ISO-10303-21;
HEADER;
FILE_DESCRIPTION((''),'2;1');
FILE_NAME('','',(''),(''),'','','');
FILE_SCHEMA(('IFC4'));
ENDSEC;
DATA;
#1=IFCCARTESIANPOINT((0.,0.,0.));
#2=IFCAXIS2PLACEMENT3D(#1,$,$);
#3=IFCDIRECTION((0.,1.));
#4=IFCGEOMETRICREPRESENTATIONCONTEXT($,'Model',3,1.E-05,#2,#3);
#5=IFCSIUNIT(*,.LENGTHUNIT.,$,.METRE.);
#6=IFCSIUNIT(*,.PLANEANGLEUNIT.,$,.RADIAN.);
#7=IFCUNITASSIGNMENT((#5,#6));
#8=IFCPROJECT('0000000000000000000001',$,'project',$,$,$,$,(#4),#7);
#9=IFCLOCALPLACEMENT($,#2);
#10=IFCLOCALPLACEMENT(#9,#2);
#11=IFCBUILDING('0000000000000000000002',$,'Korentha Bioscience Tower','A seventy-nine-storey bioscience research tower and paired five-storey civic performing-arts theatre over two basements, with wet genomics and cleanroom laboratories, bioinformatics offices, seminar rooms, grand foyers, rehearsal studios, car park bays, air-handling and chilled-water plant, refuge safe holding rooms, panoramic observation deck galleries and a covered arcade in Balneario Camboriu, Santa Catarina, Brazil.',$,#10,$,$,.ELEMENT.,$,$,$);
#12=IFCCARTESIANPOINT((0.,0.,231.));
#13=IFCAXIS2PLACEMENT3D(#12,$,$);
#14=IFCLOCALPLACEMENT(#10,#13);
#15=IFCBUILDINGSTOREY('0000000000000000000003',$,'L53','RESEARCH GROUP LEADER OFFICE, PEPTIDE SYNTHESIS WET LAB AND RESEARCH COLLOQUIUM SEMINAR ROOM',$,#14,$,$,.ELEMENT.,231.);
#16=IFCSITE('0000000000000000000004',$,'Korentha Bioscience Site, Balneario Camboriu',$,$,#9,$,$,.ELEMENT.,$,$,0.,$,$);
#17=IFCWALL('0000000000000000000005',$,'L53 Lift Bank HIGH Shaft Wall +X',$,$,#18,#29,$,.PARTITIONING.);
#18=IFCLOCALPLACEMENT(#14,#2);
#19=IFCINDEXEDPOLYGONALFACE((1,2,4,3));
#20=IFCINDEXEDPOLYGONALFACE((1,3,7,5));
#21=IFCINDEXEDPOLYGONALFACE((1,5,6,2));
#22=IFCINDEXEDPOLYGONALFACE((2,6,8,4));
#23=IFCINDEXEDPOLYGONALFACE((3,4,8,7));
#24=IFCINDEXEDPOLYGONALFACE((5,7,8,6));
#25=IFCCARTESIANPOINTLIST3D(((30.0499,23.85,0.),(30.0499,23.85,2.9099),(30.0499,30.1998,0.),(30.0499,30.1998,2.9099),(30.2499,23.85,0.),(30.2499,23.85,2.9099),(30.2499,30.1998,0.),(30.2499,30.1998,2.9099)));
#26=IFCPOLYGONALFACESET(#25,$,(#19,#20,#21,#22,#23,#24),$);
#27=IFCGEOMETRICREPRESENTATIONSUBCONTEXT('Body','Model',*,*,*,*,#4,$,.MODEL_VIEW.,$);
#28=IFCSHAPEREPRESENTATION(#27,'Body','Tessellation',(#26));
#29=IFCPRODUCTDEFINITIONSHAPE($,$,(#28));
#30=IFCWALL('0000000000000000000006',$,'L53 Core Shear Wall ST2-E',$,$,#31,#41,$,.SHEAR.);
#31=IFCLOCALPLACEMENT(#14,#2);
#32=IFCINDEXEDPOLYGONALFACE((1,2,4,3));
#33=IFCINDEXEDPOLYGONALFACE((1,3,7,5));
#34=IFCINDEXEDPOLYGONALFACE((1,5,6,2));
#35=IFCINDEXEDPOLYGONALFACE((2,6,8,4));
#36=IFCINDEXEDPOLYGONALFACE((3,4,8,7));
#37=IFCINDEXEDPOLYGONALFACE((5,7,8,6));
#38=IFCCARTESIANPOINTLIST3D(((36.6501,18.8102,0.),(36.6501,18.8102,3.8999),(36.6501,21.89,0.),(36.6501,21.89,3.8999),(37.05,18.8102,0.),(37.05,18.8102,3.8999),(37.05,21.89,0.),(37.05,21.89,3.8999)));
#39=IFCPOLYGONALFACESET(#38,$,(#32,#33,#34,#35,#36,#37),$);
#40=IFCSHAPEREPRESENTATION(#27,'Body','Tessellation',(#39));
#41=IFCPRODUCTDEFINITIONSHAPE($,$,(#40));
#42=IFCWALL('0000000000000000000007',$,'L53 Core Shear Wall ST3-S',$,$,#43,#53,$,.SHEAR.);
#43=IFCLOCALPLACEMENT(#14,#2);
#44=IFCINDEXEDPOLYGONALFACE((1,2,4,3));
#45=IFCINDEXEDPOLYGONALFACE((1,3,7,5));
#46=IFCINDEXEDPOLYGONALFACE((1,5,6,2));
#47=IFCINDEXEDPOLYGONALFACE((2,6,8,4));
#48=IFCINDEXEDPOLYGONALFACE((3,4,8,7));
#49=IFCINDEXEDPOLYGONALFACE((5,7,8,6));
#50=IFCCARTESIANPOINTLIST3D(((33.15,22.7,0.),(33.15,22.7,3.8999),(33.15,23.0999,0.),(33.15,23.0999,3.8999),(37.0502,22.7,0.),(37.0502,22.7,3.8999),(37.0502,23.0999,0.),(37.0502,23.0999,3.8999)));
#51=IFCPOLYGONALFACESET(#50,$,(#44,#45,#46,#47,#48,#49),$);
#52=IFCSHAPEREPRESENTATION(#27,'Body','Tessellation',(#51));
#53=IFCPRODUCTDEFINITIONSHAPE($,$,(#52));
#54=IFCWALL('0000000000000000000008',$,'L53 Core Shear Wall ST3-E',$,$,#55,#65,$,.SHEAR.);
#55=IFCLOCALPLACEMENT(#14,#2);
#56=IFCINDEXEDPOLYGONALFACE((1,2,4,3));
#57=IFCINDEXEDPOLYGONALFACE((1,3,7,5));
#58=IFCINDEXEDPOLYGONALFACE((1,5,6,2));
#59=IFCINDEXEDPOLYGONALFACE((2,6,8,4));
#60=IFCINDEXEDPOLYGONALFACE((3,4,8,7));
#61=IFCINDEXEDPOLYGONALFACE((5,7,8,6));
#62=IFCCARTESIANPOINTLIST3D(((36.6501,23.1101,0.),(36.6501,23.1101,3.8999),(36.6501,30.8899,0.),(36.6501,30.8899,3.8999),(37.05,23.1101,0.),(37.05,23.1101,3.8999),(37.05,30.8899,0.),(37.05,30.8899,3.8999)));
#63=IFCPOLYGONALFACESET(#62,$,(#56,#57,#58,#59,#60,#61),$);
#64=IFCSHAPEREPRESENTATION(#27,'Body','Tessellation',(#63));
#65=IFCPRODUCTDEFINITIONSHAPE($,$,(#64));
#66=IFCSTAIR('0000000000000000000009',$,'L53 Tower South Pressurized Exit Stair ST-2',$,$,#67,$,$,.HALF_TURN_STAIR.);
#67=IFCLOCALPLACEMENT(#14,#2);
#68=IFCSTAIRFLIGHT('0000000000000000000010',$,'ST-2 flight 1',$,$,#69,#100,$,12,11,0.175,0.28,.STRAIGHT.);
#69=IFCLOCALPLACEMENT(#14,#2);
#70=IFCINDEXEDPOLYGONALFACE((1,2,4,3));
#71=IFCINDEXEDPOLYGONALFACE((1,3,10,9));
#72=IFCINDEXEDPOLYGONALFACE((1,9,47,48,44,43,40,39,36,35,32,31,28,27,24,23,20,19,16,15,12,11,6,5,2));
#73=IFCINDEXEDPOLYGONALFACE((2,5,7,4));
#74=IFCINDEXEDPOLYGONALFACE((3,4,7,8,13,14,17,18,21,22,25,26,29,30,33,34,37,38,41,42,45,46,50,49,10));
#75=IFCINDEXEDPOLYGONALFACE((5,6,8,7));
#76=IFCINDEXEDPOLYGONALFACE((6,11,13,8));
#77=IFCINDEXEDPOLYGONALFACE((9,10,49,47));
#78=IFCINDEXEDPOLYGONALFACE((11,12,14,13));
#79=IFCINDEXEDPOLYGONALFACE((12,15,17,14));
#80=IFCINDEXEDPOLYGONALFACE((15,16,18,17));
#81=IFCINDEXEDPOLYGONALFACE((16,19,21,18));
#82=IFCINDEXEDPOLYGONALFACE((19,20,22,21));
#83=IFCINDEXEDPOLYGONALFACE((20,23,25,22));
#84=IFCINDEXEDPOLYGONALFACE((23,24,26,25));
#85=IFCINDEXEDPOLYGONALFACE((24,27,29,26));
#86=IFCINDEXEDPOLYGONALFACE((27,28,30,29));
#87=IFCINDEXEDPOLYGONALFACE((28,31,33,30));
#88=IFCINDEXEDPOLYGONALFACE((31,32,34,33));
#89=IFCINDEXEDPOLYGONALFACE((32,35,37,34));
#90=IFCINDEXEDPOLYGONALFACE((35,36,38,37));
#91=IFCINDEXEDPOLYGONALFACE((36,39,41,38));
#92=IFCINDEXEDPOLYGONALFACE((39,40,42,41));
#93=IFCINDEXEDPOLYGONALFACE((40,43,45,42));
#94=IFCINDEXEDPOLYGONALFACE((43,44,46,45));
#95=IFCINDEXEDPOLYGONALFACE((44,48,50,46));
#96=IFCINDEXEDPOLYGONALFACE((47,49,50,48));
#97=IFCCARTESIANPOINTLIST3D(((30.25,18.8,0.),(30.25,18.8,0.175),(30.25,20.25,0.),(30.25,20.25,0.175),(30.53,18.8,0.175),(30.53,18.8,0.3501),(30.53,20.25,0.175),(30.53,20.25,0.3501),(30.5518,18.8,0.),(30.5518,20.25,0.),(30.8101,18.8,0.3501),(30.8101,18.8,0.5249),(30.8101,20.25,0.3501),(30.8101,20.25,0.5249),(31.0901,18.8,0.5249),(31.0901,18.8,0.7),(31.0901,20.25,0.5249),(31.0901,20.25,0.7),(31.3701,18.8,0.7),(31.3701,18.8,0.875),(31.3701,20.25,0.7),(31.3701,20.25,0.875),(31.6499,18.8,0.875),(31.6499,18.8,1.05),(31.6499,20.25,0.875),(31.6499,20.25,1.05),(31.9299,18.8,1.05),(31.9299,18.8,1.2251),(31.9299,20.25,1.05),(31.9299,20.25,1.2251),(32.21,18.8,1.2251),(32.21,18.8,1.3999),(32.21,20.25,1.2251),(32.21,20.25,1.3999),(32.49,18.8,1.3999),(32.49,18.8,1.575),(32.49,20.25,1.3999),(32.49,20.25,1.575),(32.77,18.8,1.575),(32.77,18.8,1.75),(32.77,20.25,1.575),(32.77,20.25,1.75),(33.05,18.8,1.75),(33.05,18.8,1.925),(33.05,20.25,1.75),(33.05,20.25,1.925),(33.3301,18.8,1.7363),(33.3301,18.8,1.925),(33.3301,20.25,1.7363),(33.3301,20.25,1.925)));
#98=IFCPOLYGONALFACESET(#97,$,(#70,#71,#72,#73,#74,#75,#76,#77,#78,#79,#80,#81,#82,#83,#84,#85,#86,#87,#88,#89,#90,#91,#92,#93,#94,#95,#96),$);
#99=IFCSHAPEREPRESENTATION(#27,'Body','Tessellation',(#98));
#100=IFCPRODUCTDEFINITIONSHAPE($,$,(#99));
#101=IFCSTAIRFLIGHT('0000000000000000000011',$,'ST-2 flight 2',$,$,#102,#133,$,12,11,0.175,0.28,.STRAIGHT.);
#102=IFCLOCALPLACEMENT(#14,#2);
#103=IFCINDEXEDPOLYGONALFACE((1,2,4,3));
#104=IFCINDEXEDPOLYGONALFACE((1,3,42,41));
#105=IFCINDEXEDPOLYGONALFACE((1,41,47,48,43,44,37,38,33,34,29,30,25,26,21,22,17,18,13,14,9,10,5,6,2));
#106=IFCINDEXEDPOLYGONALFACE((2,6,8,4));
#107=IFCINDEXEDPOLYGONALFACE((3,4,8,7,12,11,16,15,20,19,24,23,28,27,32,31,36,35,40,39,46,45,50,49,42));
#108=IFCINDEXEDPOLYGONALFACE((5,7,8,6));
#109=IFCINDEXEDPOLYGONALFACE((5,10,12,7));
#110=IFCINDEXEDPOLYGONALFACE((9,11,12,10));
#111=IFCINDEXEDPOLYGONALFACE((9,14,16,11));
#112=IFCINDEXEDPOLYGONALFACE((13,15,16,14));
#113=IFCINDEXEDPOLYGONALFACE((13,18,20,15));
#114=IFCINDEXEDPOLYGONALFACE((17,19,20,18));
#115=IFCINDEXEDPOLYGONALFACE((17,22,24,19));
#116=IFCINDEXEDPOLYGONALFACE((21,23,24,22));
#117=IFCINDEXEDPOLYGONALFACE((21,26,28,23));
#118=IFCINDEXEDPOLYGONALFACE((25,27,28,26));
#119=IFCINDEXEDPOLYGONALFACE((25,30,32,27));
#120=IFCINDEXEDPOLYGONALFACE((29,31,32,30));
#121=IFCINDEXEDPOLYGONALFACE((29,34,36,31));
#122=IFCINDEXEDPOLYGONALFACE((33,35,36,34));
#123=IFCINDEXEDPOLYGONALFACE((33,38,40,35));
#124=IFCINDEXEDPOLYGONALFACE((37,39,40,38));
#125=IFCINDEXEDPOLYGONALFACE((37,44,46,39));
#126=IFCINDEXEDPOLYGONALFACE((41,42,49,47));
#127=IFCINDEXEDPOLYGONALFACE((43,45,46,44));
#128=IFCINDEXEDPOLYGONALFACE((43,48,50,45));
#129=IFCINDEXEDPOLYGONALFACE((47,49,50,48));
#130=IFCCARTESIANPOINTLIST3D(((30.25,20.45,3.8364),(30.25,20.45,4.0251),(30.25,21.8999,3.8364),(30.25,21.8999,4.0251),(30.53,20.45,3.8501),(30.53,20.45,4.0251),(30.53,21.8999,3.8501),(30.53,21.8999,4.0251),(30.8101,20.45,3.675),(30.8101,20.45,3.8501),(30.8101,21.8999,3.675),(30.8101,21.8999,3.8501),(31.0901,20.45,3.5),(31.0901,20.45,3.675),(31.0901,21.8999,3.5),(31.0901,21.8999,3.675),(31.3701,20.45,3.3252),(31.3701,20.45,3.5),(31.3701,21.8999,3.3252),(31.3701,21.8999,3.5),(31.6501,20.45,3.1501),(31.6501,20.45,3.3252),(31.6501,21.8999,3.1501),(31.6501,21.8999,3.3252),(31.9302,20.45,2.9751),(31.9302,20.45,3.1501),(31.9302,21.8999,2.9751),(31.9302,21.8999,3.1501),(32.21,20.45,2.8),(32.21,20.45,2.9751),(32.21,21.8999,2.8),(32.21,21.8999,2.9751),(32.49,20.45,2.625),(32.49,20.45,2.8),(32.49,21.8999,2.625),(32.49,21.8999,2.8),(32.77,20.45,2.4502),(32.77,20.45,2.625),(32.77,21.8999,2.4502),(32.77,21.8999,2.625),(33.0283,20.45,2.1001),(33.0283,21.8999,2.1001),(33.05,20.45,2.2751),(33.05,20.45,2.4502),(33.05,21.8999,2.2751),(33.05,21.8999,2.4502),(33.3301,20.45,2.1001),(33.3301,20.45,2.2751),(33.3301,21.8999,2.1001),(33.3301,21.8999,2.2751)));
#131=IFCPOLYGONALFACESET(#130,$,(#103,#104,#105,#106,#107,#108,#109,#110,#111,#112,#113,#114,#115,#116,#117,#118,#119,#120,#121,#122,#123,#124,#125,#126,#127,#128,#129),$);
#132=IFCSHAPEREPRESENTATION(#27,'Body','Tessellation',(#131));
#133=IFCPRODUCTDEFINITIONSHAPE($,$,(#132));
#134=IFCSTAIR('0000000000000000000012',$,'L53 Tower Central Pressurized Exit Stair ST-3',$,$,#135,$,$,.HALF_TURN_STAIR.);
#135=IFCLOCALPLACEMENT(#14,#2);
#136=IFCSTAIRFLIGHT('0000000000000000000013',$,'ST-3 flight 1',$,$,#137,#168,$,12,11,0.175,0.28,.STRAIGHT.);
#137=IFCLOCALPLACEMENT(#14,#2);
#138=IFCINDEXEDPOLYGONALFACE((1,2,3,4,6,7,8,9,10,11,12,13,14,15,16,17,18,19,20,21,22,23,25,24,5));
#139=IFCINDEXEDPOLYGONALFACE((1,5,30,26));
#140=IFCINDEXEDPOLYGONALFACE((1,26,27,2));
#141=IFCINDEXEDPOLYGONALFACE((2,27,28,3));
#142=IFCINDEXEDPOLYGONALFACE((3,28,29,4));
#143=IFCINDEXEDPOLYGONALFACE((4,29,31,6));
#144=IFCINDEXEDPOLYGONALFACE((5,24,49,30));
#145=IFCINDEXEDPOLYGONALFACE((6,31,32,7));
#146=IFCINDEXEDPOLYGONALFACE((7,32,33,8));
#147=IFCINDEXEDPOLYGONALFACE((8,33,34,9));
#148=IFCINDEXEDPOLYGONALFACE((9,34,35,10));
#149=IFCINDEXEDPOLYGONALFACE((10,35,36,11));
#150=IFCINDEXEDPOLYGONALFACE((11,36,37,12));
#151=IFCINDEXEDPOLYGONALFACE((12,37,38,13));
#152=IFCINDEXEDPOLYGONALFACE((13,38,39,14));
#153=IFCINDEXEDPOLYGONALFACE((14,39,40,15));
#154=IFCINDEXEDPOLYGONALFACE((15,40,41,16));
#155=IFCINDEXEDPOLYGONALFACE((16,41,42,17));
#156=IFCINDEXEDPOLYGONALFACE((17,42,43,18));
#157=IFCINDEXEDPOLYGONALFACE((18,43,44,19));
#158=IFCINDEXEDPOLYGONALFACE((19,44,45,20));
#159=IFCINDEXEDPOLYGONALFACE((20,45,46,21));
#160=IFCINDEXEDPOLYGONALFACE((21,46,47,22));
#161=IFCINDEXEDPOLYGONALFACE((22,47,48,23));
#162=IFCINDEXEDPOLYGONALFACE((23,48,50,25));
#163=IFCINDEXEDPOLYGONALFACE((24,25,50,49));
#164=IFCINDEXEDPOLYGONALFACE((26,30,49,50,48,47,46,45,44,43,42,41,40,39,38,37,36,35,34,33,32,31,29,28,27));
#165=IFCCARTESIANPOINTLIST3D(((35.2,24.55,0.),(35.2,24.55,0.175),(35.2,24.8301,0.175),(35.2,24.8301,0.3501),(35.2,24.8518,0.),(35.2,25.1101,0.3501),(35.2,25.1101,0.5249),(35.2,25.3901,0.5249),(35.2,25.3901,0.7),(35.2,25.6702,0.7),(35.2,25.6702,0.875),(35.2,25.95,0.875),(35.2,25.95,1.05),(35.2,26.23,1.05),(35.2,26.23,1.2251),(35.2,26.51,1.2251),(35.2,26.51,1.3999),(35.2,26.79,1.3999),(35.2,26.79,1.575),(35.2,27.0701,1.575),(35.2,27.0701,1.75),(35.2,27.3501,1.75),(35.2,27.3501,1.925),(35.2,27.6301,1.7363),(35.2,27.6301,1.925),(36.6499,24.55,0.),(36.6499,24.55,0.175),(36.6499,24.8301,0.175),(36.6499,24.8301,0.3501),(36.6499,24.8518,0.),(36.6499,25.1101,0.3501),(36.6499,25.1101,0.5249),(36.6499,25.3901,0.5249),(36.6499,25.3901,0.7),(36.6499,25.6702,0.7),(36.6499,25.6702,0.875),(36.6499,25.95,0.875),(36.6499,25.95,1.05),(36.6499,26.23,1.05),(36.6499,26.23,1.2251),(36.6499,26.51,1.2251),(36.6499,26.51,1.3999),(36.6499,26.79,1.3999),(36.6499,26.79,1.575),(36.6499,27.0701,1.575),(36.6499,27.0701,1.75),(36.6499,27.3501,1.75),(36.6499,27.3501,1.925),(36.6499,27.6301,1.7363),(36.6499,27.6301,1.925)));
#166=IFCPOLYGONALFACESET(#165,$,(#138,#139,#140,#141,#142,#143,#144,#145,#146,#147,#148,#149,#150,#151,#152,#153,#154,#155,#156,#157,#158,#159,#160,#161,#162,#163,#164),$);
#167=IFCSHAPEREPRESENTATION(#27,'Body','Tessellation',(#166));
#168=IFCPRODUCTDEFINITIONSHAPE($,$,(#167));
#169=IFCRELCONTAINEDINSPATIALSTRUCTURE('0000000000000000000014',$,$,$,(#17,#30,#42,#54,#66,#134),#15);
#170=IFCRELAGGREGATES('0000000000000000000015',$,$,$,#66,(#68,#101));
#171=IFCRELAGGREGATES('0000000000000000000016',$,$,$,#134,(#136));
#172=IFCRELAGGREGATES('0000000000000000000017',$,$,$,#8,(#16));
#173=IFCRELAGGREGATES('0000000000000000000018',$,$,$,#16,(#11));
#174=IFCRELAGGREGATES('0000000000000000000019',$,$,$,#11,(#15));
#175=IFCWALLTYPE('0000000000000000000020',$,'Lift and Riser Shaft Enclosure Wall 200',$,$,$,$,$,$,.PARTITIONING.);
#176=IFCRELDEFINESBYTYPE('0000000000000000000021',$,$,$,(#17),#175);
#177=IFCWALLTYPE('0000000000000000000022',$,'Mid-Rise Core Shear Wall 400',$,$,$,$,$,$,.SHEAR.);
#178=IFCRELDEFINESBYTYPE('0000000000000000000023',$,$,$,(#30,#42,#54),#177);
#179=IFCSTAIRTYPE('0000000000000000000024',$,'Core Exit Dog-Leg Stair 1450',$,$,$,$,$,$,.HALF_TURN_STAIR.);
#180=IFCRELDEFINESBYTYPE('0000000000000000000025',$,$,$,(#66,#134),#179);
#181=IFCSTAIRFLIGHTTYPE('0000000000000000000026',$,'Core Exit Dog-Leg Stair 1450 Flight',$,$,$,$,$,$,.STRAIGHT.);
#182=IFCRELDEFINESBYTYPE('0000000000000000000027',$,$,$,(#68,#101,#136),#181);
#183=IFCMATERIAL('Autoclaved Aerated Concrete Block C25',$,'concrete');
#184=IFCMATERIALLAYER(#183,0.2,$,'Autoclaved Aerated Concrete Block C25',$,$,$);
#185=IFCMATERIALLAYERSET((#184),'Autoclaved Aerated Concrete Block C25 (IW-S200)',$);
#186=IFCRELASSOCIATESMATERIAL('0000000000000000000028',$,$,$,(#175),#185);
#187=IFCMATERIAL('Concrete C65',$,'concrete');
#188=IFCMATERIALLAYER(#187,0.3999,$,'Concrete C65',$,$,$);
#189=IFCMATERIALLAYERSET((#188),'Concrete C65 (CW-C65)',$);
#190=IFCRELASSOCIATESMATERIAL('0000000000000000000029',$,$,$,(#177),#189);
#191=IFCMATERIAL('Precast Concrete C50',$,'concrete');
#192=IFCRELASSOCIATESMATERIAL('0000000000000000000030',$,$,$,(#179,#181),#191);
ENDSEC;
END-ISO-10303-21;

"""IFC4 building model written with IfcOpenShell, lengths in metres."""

from ifc_helpers import new_model, si_unit, direction, frame, frame_2d, origin, place, context, subcontext, project, spatial, polyline, rectangle, outline, extrude, material, layer, layer_set, type_object, element, aggregate, save


model = new_model("IFC4")

# Units and contexts
model_context = context("Model", 3, precision=1e-05, world=origin(), true_north=direction((0.0, 1.0)))
body_context = subcontext(model_context, "Body", "Model", "MODEL_VIEW")
ifc_project = project(units=[si_unit("LENGTHUNIT", "METRE"), si_unit("PLANEANGLEUNIT", "RADIAN")], contexts=[model_context])

# Site, building, storey
site_placement = place(None, origin())
site = spatial("IfcSite", under=ifc_project, at=site_placement, Name="Korentha Bioscience Site, Balneario Camboriu", CompositionType="ELEMENT", RefElevation=0.0)
building_placement = place(site_placement, origin())
building = spatial("IfcBuilding", under=site, at=building_placement, Name="Korentha Bioscience Tower", Description="A seventy-nine-storey bioscience research tower and paired five-storey civic performing-arts theatre over two basements, with wet genomics and cleanroom laboratories, bioinformatics offices, seminar rooms, grand foyers, rehearsal studios, car park bays, air-handling and chilled-water plant, refuge safe holding rooms, panoramic observation deck galleries and a covered arcade in Balneario Camboriu, Santa Catarina, Brazil.", CompositionType="ELEMENT")
storey_placement = place(building_placement, frame((0.0, 0.0, 231.0)))
storey = spatial("IfcBuildingStorey", under=building, at=storey_placement, Name="L53", Description="RESEARCH GROUP LEADER OFFICE, PEPTIDE SYNTHESIS WET LAB AND RESEARCH COLLOQUIUM SEMINAR ROOM", CompositionType="ELEMENT", Elevation=231.0)

# Shared definitions
ifc_material_1 = material(Name="Concrete C65", Category="concrete")

# Walls
ifc_material_2 = material(Name="Autoclaved Aerated Concrete Block C25", Category="concrete")
ifc_layer_1 = layer(ifc_material_2, 0.2, Name="Autoclaved Aerated Concrete Block C25")
ifc_layer_set_1 = layer_set([ifc_layer_1], Name="Autoclaved Aerated Concrete Block C25 (IW-S200)")
wall_type_1 = type_object("IfcWallType", Name="Lift and Riser Shaft Enclosure Wall 200", PredefinedType="PARTITIONING", material=ifc_layer_set_1)
wall_1_placement = place(storey_placement, frame((30.1499, 23.8501, 0.0), z_axis=(0.0, 0.0, 1.0), x_axis=(0.0, 1.0, 0.0)))
element("IfcWall", 1, at=wall_1_placement, inside=storey, type_object=wall_type_1, Name="L53 Lift Bank HIGH Shaft Wall +X", PredefinedType="PARTITIONING", context=body_context, shape_type="SweptSolid", body=[
    extrude(rectangle(XDim=6.3499, YDim=0.2, at=frame_2d((3.1748, 0.0))), origin(), (0.0, 0.0, 1.0), 2.9099),
])
ifc_layer_2 = layer(ifc_material_1, 0.3999, Name="Concrete C65")
ifc_layer_set_2 = layer_set([ifc_layer_2], Name="Concrete C65 (CW-C65)")
wall_type_2 = type_object("IfcWallType", Name="Mid-Rise Core Shear Wall 400", PredefinedType="SHEAR", material=ifc_layer_set_2)
wall_2_placement = place(storey_placement, frame((36.8501, 18.8101, 0.0), z_axis=(0.0, 0.0, 1.0), x_axis=(0.0, 1.0, 0.0)))
element("IfcWall", 2, at=wall_2_placement, inside=storey, type_object=wall_type_2, Name="L53 Core Shear Wall ST2-E", PredefinedType="SHEAR", context=body_context, shape_type="SweptSolid", body=[
    extrude(rectangle(XDim=3.0798, YDim=0.3999, at=frame_2d((1.54, 0.0))), origin(), (0.0, 0.0, 1.0), 3.8999),
])
wall_3_placement = place(storey_placement, frame((33.1499, 22.8999, 0.0), z_axis=(0.0, 0.0, 1.0), x_axis=(1.0, 0.0, 0.0)))
element("IfcWall", 3, at=wall_3_placement, inside=storey, type_object=wall_type_2, Name="L53 Core Shear Wall ST3-S", PredefinedType="SHEAR", context=body_context, shape_type="SweptSolid", body=[
    extrude(rectangle(XDim=3.9001, YDim=0.3999, at=frame_2d((1.9502, 0.0))), origin(), (0.0, 0.0, 1.0), 3.8999),
])
wall_4_placement = place(storey_placement, frame((36.8501, 23.1101, 0.0), z_axis=(0.0, 0.0, 1.0), x_axis=(0.0, 1.0, 0.0)))
element("IfcWall", 4, at=wall_4_placement, inside=storey, type_object=wall_type_2, Name="L53 Core Shear Wall ST3-E", PredefinedType="SHEAR", context=body_context, shape_type="SweptSolid", body=[
    extrude(rectangle(XDim=7.7798, YDim=0.3999, at=frame_2d((3.8899, 0.0))), origin(), (0.0, 0.0, 1.0), 3.8999),
])

# Stair, stair flights
ifc_material_3 = material(Name="Precast Concrete C50", Category="concrete")
stair_type = type_object("IfcStairType", Name="Core Exit Dog-Leg Stair 1450", PredefinedType="HALF_TURN_STAIR", material=ifc_material_3)
stair_1_placement = place(storey_placement, origin())
stair_1 = element("IfcStair", 5, at=stair_1_placement, inside=storey, type_object=stair_type, Name="L53 Tower South Pressurized Exit Stair ST-2", PredefinedType="HALF_TURN_STAIR")
stair_flight_type = type_object("IfcStairFlightType", Name="Core Exit Dog-Leg Stair 1450 Flight", PredefinedType="STRAIGHT", material=ifc_material_3)
stair_flight_1_placement = place(storey_placement, frame((30.25, 19.5249, 0.0), z_axis=(0.0, 0.0, 1.0), x_axis=(1.0, 0.0, 0.0)))
stair_flight_1 = element("IfcStairFlight", 6, at=stair_flight_1_placement, type_object=stair_flight_type, Name="ST-2 flight 1", NumberOfRisers=12, NumberOfTreads=11, PredefinedType="STRAIGHT", RiserHeight=0.175, TreadLength=0.28, context=body_context, shape_type="SweptSolid", body=[
    extrude(outline(polyline([(0.0, 0.0), (0.0, 0.175), (0.28, 0.175), (0.28, 0.3501), (0.5601, 0.3501), (0.5601, 0.5249), (0.8401, 0.5249), (0.8401, 0.7), (1.1201, 0.7), (1.1201, 0.875), (1.3999, 0.875), (1.3999, 1.05), (1.6799, 1.05), (1.6799, 1.2251), (1.96, 1.2251), (1.96, 1.3999), (2.24, 1.3999), (2.24, 1.575), (2.52, 1.575), (2.52, 1.75), (2.8, 1.75), (2.8, 1.925), (3.0801, 1.925), (3.0801, 2.1001), (3.0801, 1.7363), (0.3018, 0.0), (0.0, 0.0)])), frame((0.0, 0.7251, 0.0), z_axis=(0.0, -1.0, 0.0), x_axis=(1.0, 0.0, 0.0)), (0.0, 0.0, 1.0), 1.45),
])
stair_flight_2_placement = place(storey_placement, frame((33.3301, 21.175, 2.1001), z_axis=(0.0, 0.0, 1.0), x_axis=(-1.0, 0.0, 0.0)))
stair_flight_2 = element("IfcStairFlight", 7, at=stair_flight_2_placement, type_object=stair_flight_type, Name="ST-2 flight 2", NumberOfRisers=12, NumberOfTreads=11, PredefinedType="STRAIGHT", RiserHeight=0.175, TreadLength=0.28, context=body_context, shape_type="SweptSolid", body=[
    extrude(outline(polyline([(0.0, 0.0), (0.0, 0.175), (0.28, 0.175), (0.28, 0.3501), (0.5601, 0.3501), (0.5601, 0.5249), (0.8401, 0.5249), (0.8401, 0.7), (1.1201, 0.7), (1.1201, 0.875), (1.3999, 0.875), (1.3999, 1.05), (1.6799, 1.05), (1.6799, 1.2251), (1.96, 1.2251), (1.96, 1.3999), (2.24, 1.3999), (2.24, 1.575), (2.52, 1.575), (2.52, 1.75), (2.8, 1.75), (2.8, 1.925), (3.0801, 1.925), (3.0801, 2.1001), (3.0801, 1.7363), (0.3018, 0.0), (0.0, 0.0)])), frame((0.0, 0.7251, 0.0), z_axis=(0.0, -1.0, 0.0), x_axis=(1.0, 0.0, 0.0)), (0.0, 0.0, 1.0), 1.45),
])
aggregate(stair_1, [stair_flight_1, stair_flight_2])

# Stair, stair flight
stair_2_placement = place(storey_placement, origin())
stair_2 = element("IfcStair", 8, at=stair_2_placement, inside=storey, type_object=stair_type, Name="L53 Tower Central Pressurized Exit Stair ST-3", PredefinedType="HALF_TURN_STAIR")
stair_flight_3_placement = place(storey_placement, frame((35.925, 24.55, 0.0), z_axis=(0.0, 0.0, 1.0), x_axis=(0.0, 1.0, 0.0)))
stair_flight_3 = element("IfcStairFlight", 9, at=stair_flight_3_placement, type_object=stair_flight_type, Name="ST-3 flight 1", NumberOfRisers=12, NumberOfTreads=11, PredefinedType="STRAIGHT", RiserHeight=0.175, TreadLength=0.28, context=body_context, shape_type="SweptSolid", body=[
    extrude(outline(polyline([(0.0, 0.0), (0.0, 0.175), (0.28, 0.175), (0.28, 0.3501), (0.5601, 0.3501), (0.5601, 0.5249), (0.8401, 0.5249), (0.8401, 0.7), (1.1201, 0.7), (1.1201, 0.875), (1.3999, 0.875), (1.3999, 1.05), (1.6799, 1.05), (1.6799, 1.2251), (1.96, 1.2251), (1.96, 1.3999), (2.24, 1.3999), (2.24, 1.575), (2.52, 1.575), (2.52, 1.75), (2.8, 1.75), (2.8, 1.925), (3.0801, 1.925), (3.0801, 2.1001), (3.0801, 1.7363), (0.3018, 0.0), (0.0, 0.0)])), frame((0.0, 0.7251, 0.0), z_axis=(0.0, -1.0, 0.0), x_axis=(1.0, 0.0, 0.0)), (0.0, 0.0, 1.0), 1.45),
])
aggregate(stair_2, [stair_flight_3])

save(model, "model.ifc")
